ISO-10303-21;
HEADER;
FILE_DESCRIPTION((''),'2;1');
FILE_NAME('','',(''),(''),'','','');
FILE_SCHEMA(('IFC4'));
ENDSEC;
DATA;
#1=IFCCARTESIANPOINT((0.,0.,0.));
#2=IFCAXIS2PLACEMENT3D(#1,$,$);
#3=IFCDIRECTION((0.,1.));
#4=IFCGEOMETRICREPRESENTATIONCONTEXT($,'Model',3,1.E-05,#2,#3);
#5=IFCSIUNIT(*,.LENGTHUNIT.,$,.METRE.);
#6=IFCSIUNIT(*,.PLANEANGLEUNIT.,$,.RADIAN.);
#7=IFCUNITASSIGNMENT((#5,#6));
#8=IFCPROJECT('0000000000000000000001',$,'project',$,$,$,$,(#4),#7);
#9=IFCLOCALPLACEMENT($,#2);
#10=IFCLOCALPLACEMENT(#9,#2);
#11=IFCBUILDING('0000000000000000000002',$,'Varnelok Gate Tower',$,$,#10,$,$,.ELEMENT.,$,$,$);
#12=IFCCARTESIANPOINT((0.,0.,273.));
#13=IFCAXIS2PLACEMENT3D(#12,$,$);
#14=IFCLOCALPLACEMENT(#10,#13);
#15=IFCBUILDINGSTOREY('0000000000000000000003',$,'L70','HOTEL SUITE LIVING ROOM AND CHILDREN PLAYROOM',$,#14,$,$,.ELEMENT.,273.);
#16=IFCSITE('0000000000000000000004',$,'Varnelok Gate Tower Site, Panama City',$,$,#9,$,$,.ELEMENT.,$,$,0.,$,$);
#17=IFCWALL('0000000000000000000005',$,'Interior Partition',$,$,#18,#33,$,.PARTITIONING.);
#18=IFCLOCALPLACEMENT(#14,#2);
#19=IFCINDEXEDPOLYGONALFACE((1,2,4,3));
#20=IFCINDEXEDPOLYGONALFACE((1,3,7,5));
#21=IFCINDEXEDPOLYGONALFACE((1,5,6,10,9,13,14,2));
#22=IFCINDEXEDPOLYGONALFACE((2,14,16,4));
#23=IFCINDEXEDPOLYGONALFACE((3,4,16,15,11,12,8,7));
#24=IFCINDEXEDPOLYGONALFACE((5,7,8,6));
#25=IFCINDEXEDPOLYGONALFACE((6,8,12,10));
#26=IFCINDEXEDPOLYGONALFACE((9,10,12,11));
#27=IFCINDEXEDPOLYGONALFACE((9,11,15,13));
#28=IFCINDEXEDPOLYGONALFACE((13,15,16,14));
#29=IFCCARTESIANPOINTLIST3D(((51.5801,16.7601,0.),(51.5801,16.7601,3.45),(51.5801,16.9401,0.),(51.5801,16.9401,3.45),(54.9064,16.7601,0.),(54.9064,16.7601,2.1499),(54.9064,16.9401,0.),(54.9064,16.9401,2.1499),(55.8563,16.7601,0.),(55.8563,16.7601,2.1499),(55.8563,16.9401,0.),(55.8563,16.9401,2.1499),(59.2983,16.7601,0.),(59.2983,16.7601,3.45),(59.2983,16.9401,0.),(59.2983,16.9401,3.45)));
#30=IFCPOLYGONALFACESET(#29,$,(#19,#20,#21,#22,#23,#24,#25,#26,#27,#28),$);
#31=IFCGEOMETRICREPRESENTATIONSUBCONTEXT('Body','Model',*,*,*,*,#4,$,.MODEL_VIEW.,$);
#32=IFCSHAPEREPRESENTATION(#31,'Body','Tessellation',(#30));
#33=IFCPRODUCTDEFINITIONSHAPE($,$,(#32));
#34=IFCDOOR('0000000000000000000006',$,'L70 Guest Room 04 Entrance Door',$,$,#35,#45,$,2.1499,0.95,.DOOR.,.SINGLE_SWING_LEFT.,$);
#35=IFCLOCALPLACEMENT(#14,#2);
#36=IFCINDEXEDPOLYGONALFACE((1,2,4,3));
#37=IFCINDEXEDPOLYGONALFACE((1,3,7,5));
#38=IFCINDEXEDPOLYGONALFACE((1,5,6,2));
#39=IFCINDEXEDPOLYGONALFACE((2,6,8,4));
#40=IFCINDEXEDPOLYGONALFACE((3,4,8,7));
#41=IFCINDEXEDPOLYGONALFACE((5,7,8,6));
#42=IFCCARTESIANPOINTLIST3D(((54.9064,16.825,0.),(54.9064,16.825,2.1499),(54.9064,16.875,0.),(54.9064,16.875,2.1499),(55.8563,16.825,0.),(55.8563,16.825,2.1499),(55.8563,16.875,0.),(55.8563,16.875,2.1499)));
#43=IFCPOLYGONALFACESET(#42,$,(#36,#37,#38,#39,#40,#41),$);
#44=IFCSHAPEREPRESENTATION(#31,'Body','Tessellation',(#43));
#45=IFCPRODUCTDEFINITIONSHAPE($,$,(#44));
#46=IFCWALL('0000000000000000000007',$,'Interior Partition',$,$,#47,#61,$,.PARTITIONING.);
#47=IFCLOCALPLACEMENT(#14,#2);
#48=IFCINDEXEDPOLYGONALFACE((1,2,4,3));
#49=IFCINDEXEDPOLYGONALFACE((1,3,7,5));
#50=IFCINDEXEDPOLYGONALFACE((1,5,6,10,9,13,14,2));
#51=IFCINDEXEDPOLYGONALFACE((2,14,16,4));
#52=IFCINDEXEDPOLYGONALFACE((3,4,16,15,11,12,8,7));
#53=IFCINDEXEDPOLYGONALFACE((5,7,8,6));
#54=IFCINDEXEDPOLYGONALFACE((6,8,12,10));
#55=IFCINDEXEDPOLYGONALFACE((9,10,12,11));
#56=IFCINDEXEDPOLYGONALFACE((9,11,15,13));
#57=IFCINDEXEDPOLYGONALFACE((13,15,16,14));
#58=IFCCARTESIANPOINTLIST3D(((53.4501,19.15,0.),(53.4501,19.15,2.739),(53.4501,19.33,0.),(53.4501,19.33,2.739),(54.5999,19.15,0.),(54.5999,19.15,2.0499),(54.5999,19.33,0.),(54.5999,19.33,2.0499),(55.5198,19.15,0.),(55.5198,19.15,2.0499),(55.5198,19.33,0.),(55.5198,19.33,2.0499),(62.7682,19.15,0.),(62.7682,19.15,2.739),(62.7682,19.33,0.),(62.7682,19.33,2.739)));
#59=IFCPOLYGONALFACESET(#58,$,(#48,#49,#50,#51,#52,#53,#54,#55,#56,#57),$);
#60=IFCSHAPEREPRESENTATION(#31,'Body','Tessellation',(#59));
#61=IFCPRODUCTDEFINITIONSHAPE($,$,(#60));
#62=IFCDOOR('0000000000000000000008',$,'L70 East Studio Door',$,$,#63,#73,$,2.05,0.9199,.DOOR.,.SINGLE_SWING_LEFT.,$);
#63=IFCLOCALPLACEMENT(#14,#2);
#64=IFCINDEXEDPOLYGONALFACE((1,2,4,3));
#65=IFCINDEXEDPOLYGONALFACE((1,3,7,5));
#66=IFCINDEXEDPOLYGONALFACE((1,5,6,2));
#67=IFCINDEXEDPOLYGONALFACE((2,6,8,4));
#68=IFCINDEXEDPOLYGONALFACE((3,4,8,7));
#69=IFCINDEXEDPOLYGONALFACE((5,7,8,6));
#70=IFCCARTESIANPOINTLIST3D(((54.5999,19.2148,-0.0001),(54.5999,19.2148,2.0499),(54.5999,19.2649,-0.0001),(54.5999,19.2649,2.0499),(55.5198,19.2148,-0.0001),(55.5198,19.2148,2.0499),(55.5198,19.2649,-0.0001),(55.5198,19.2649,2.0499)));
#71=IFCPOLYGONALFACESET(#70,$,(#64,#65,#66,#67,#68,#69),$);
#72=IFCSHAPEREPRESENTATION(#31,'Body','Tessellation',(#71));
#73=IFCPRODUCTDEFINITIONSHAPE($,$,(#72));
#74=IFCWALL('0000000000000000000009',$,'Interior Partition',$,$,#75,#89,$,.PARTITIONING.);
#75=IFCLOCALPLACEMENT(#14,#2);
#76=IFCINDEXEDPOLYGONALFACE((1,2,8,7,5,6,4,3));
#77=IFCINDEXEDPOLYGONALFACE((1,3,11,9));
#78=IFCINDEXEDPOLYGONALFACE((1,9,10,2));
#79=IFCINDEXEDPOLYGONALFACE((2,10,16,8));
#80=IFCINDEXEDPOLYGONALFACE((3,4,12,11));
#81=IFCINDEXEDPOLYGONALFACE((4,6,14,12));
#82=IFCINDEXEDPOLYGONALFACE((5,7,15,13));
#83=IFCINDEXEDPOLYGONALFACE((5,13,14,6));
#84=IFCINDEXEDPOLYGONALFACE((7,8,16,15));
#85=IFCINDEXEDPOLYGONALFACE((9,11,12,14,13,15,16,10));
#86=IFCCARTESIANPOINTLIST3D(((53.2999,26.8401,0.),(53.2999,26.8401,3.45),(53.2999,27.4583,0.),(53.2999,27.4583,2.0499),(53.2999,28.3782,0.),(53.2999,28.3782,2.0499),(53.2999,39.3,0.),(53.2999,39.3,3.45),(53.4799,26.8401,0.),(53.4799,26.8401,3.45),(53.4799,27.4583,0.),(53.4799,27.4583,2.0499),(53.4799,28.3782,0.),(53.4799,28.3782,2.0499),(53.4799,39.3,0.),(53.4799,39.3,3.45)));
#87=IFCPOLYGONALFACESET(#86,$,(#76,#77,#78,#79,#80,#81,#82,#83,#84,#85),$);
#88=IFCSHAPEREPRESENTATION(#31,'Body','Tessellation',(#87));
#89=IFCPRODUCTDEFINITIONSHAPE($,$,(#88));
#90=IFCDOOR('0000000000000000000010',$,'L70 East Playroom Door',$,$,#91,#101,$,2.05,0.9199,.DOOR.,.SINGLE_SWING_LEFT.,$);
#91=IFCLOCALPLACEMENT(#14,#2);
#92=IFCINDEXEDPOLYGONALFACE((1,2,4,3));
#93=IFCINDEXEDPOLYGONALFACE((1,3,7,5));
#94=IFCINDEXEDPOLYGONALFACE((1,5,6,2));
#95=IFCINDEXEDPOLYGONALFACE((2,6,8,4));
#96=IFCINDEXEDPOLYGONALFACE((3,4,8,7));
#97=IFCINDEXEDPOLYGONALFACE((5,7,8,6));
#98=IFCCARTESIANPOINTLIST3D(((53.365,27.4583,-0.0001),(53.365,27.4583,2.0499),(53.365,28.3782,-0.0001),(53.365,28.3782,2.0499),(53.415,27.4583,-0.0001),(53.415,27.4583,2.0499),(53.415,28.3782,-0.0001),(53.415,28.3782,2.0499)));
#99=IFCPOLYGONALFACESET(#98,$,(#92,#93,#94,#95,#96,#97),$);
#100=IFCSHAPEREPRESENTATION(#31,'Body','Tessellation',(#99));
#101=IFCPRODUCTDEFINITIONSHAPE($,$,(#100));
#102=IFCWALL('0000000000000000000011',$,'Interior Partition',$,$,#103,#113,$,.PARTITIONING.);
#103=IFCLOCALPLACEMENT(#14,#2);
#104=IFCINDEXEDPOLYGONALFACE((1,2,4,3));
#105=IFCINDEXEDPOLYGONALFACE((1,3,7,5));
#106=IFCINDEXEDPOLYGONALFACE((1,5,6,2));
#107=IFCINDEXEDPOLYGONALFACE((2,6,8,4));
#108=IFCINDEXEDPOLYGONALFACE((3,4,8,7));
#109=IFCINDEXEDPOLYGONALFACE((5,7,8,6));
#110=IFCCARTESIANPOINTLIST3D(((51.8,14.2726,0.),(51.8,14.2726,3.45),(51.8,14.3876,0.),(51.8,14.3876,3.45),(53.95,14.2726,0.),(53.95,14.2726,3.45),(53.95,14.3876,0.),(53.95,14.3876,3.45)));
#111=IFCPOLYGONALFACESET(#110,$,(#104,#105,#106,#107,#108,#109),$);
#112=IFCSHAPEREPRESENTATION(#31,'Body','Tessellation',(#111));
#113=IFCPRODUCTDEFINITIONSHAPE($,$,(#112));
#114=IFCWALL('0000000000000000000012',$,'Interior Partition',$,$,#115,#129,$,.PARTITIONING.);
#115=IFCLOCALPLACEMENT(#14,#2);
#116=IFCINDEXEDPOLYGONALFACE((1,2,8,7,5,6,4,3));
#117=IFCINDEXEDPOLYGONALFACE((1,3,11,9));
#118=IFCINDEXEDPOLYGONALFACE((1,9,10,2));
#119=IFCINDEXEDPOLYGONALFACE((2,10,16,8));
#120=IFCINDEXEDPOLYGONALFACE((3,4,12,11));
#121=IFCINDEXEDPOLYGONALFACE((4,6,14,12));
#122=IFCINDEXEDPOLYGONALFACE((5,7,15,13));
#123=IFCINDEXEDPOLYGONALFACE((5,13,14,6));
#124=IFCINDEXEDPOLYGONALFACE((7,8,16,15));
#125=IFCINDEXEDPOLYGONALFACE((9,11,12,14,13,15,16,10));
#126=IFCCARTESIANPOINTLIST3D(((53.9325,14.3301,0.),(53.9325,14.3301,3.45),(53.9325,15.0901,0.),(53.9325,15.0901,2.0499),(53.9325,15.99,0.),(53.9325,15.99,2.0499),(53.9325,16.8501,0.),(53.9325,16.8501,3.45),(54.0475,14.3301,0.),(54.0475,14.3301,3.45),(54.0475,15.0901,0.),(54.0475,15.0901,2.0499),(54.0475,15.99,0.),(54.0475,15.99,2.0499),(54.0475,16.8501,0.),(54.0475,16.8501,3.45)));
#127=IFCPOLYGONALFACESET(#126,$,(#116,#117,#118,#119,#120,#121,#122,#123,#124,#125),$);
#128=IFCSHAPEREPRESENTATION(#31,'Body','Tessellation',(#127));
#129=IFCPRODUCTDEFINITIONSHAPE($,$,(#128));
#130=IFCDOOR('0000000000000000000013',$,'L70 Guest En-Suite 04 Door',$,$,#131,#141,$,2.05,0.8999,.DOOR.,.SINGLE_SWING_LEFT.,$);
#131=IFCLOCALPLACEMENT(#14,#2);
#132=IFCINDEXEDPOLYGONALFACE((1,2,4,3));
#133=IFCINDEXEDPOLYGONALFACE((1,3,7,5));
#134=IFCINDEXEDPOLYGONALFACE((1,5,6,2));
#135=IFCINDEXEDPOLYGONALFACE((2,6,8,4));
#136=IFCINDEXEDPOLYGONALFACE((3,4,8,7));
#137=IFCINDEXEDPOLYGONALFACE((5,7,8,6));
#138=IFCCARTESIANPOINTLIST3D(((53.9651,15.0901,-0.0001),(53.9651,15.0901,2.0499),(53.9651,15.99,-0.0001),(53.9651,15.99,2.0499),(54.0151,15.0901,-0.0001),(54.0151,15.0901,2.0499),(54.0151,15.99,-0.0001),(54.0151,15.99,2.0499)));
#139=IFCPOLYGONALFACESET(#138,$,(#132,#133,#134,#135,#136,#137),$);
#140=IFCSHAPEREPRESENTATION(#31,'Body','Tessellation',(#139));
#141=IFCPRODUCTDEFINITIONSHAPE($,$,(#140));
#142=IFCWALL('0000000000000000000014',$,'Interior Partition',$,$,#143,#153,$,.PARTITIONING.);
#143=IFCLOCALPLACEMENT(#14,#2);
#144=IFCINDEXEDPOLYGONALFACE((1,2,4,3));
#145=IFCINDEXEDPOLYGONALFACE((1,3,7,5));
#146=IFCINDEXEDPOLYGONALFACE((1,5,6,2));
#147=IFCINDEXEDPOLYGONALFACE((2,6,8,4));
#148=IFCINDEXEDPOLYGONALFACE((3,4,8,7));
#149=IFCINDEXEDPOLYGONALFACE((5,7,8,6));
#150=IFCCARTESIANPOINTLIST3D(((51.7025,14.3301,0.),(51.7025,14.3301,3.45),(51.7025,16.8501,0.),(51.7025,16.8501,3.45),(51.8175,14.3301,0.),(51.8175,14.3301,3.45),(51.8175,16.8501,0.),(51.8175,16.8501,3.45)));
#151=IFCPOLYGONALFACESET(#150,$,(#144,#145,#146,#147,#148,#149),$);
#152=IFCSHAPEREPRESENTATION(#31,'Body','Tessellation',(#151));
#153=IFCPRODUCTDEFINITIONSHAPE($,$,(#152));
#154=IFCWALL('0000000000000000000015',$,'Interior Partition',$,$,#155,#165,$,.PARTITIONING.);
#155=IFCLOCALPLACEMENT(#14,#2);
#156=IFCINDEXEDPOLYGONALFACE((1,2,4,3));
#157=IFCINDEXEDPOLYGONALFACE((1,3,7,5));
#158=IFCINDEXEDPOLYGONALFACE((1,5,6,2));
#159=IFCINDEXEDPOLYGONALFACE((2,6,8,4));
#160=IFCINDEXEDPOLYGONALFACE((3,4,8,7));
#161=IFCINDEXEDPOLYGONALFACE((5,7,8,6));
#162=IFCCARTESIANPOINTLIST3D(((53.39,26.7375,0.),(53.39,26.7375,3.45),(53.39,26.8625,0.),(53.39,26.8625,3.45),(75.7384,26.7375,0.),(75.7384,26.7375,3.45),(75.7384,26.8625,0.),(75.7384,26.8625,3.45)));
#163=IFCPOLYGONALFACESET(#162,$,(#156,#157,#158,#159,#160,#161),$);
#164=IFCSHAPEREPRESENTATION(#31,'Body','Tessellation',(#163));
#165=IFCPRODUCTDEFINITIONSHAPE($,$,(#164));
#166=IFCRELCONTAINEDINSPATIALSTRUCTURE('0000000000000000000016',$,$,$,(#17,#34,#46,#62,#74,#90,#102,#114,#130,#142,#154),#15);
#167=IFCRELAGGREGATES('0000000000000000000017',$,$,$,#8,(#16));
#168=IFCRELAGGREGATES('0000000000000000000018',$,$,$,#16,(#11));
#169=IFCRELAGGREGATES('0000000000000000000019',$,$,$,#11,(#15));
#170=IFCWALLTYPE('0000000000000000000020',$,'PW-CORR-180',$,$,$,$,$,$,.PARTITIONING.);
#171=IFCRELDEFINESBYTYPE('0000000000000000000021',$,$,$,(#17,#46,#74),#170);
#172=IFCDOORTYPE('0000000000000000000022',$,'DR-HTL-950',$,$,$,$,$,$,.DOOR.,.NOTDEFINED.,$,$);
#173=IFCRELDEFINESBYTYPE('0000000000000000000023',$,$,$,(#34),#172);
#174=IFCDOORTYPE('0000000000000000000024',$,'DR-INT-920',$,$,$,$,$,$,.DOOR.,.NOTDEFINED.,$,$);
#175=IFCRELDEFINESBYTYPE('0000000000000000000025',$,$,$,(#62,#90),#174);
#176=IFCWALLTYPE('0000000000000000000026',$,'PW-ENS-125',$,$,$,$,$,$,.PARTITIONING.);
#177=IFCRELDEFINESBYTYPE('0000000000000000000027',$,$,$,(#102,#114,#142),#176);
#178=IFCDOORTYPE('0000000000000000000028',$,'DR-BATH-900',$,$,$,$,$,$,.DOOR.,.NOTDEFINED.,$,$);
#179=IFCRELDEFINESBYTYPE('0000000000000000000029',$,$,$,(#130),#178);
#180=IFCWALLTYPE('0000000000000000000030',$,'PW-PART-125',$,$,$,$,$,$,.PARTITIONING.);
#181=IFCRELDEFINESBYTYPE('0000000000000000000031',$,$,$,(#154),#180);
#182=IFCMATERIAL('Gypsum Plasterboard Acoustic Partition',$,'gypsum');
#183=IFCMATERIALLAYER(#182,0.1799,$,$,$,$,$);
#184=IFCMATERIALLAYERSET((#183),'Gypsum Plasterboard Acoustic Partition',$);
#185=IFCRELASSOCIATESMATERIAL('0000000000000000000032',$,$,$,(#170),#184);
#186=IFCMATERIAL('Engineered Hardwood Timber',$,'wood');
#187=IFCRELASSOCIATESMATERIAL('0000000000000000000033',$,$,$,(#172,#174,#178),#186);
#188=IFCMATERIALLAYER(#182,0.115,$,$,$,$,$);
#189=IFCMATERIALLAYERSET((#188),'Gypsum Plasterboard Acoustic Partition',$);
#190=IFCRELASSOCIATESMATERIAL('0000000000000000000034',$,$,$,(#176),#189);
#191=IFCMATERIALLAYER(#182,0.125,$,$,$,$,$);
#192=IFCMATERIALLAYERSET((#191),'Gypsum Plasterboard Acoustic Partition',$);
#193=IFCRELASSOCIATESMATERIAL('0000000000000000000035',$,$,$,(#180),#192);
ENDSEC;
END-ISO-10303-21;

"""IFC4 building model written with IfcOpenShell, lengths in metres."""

from ifc_helpers import new_model, si_unit, direction, frame, frame_2d, origin, place, context, subcontext, project, spatial, rectangle, extrude, material, layer, layer_set, type_object, element, fill, save


model = new_model("IFC4")

# Units and contexts
model_context = context("Model", 3, precision=1e-05, world=origin(), true_north=direction((0.0, 1.0)))
body_context = subcontext(model_context, "Body", "Model", "MODEL_VIEW")
ifc_project = project(units=[si_unit("LENGTHUNIT", "METRE"), si_unit("PLANEANGLEUNIT", "RADIAN")], contexts=[model_context])

# Site, building, storey
site_placement = place(None, origin())
site = spatial("IfcSite", under=ifc_project, at=site_placement, Name="Varnelok Gate Tower Site, Panama City", CompositionType="ELEMENT", RefElevation=0.0)
building_placement = place(site_placement, origin())
building = spatial("IfcBuilding", under=site, at=building_placement, Name="Varnelok Gate Tower", CompositionType="ELEMENT")
storey_placement = place(building_placement, frame((0.0, 0.0, 273.0)))
storey = spatial("IfcBuildingStorey", under=building, at=storey_placement, Name="L70", Description="HOTEL SUITE LIVING ROOM AND CHILDREN PLAYROOM", CompositionType="ELEMENT", Elevation=273.0)

# Walls, openings, doors
ifc_material_1 = material(Name="Gypsum Plasterboard Acoustic Partition", Category="gypsum")
ifc_layer_1 = layer(ifc_material_1, 0.1799)
ifc_layer_set_1 = layer_set([ifc_layer_1], Name="Gypsum Plasterboard Acoustic Partition")
wall_type_1 = type_object("IfcWallType", Name="PW-CORR-180", PredefinedType="PARTITIONING", material=ifc_layer_set_1)
wall_1_placement = place(storey_placement, frame((51.5801, 16.8501, 0.0), z_axis=(0.0, 0.0, 1.0), x_axis=(1.0, 0.0, 0.0)))
wall_1 = element("IfcWall", 1, at=wall_1_placement, inside=storey, type_object=wall_type_1, Name="Interior Partition", PredefinedType="PARTITIONING", context=body_context, shape_type="SweptSolid", body=[
    extrude(rectangle(XDim=7.7183, YDim=0.1799, at=frame_2d((3.8591, 0.0))), origin(), (0.0, 0.0, 1.0), 3.45),
])
opening_1_placement = place(wall_1_placement, frame((3.3262, 0.0, 0.0)))
opening_1 = element("IfcOpeningElement", 2, at=opening_1_placement, cuts=wall_1, PredefinedType="OPENING", context=body_context, shape_type="SweptSolid", body=[
    extrude(rectangle(XDim=0.95, YDim=2.1499, at=frame_2d((0.4751, 1.075))), frame((0.0, 0.0999, 0.0), z_axis=(0.0, -1.0, 0.0), x_axis=(1.0, 0.0, 0.0)), (0.0, 0.0, 1.0), 0.2),
])
ifc_material_2 = material(Name="Engineered Hardwood Timber", Category="wood")
door_type_1 = type_object("IfcDoorType", Name="DR-HTL-950", OperationType="NOTDEFINED", PredefinedType="DOOR", material=ifc_material_2)
door_1_placement = place(opening_1_placement, origin())
door_1 = element("IfcDoor", 3, at=door_1_placement, inside=storey, type_object=door_type_1, Name="L70 Guest Room 04 Entrance Door", OperationType="SINGLE_SWING_LEFT", OverallHeight=2.1499, OverallWidth=0.95, PredefinedType="DOOR", context=body_context, shape_type="SweptSolid", body=[
    extrude(rectangle(XDim=0.95, YDim=2.1499, at=frame_2d((0.4751, 1.075))), frame((0.0, 0.0249, 0.0), z_axis=(0.0, -1.0, 0.0), x_axis=(1.0, 0.0, 0.0)), (0.0, 0.0, 1.0), 0.05),
])
fill(opening_1, door_1)
wall_2_placement = place(storey_placement, frame((53.45, 19.24, 0.0), z_axis=(0.0, 0.0, 1.0), x_axis=(1.0, 0.0, 0.0)))
wall_2 = element("IfcWall", 4, at=wall_2_placement, inside=storey, type_object=wall_type_1, Name="Interior Partition", PredefinedType="PARTITIONING", context=body_context, shape_type="SweptSolid", body=[
    extrude(rectangle(XDim=9.3181, YDim=0.1799, at=frame_2d((4.6592, 0.0))), origin(), (0.0, 0.0, 1.0), 2.739),
])
opening_2_placement = place(wall_2_placement, frame((1.1499, 0.0, 0.0)))
opening_2 = element("IfcOpeningElement", 5, at=opening_2_placement, cuts=wall_2, PredefinedType="OPENING", context=body_context, shape_type="SweptSolid", body=[
    extrude(rectangle(XDim=0.9199, YDim=2.05, at=frame_2d((0.46, 1.0249))), frame((0.0, 0.0999, 0.0), z_axis=(0.0, -1.0, 0.0), x_axis=(1.0, 0.0, 0.0)), (0.0, 0.0, 1.0), 0.2),
])
door_type_2 = type_object("IfcDoorType", Name="DR-INT-920", OperationType="NOTDEFINED", PredefinedType="DOOR", material=ifc_material_2)
door_2_placement = place(opening_2_placement, origin())
door_2 = element("IfcDoor", 6, at=door_2_placement, inside=storey, type_object=door_type_2, Name="L70 East Studio Door", OperationType="SINGLE_SWING_LEFT", OverallHeight=2.05, OverallWidth=0.9199, PredefinedType="DOOR", context=body_context, shape_type="SweptSolid", body=[
    extrude(rectangle(XDim=0.9199, YDim=2.05, at=frame_2d((0.46, 1.0249))), frame((0.0, 0.0249, 0.0), z_axis=(0.0, -1.0, 0.0), x_axis=(1.0, 0.0, 0.0)), (0.0, 0.0, 1.0), 0.05),
])
fill(opening_2, door_2)
wall_3_placement = place(storey_placement, frame((53.3899, 26.8401, 0.0), z_axis=(0.0, 0.0, 1.0), x_axis=(0.0, 1.0, 0.0)))
wall_3 = element("IfcWall", 7, at=wall_3_placement, inside=storey, type_object=wall_type_1, Name="Interior Partition", PredefinedType="PARTITIONING", context=body_context, shape_type="SweptSolid", body=[
    extrude(rectangle(XDim=12.46, YDim=0.1799, at=frame_2d((6.23, 0.0))), origin(), (0.0, 0.0, 1.0), 3.45),
])
opening_3_placement = place(wall_3_placement, frame((0.6182, 0.0, 0.0)))
opening_3 = element("IfcOpeningElement", 8, at=opening_3_placement, cuts=wall_3, PredefinedType="OPENING", context=body_context, shape_type="SweptSolid", body=[
    extrude(rectangle(XDim=0.9199, YDim=2.05, at=frame_2d((0.46, 1.0249))), frame((0.0, 0.0999, 0.0), z_axis=(0.0, -1.0, 0.0), x_axis=(1.0, 0.0, 0.0)), (0.0, 0.0, 1.0), 0.2),
])
door_3_placement = place(opening_3_placement, origin())
door_3 = element("IfcDoor", 9, at=door_3_placement, inside=storey, type_object=door_type_2, Name="L70 East Playroom Door", OperationType="SINGLE_SWING_LEFT", OverallHeight=2.05, OverallWidth=0.9199, PredefinedType="DOOR", context=body_context, shape_type="SweptSolid", body=[
    extrude(rectangle(XDim=0.9199, YDim=2.05, at=frame_2d((0.46, 1.0249))), frame((0.0, 0.0249, 0.0), z_axis=(0.0, -1.0, 0.0), x_axis=(1.0, 0.0, 0.0)), (0.0, 0.0, 1.0), 0.05),
])
fill(opening_3, door_3)

# Wall
ifc_layer_2 = layer(ifc_material_1, 0.115)
ifc_layer_set_2 = layer_set([ifc_layer_2], Name="Gypsum Plasterboard Acoustic Partition")
wall_type_2 = type_object("IfcWallType", Name="PW-ENS-125", PredefinedType="PARTITIONING", material=ifc_layer_set_2)
wall_4_placement = place(storey_placement, frame((51.8, 14.3301, 0.0), z_axis=(0.0, 0.0, 1.0), x_axis=(1.0, 0.0, 0.0)))
element("IfcWall", 10, at=wall_4_placement, inside=storey, type_object=wall_type_2, Name="Interior Partition", PredefinedType="PARTITIONING", context=body_context, shape_type="SweptSolid", body=[
    extrude(rectangle(XDim=2.1499, YDim=0.115, at=frame_2d((1.075, 0.0))), origin(), (0.0, 0.0, 1.0), 3.45),
])

# Wall, opening, door
wall_5_placement = place(storey_placement, frame((53.99, 14.3301, 0.0), z_axis=(0.0, 0.0, 1.0), x_axis=(0.0, 1.0, 0.0)))
wall_5 = element("IfcWall", 11, at=wall_5_placement, inside=storey, type_object=wall_type_2, Name="Interior Partition", PredefinedType="PARTITIONING", context=body_context, shape_type="SweptSolid", body=[
    extrude(rectangle(XDim=2.52, YDim=0.115, at=frame_2d((1.26, 0.0))), origin(), (0.0, 0.0, 1.0), 3.45),
])
opening_4_placement = place(wall_5_placement, frame((0.76, 0.0, 0.0)))
opening_4 = element("IfcOpeningElement", 12, at=opening_4_placement, cuts=wall_5, PredefinedType="OPENING", context=body_context, shape_type="SweptSolid", body=[
    extrude(rectangle(XDim=0.8999, YDim=2.05, at=frame_2d((0.45, 1.0249))), frame((0.0, 0.0674, 0.0), z_axis=(0.0, -1.0, 0.0), x_axis=(1.0, 0.0, 0.0)), (0.0, 0.0, 1.0), 0.135),
])
door_type_3 = type_object("IfcDoorType", Name="DR-BATH-900", OperationType="NOTDEFINED", PredefinedType="DOOR", material=ifc_material_2)
door_4_placement = place(opening_4_placement, origin())
door_4 = element("IfcDoor", 13, at=door_4_placement, inside=storey, type_object=door_type_3, Name="L70 Guest En-Suite 04 Door", OperationType="SINGLE_SWING_LEFT", OverallHeight=2.05, OverallWidth=0.8999, PredefinedType="DOOR", context=body_context, shape_type="SweptSolid", body=[
    extrude(rectangle(XDim=0.8999, YDim=2.05, at=frame_2d((0.45, 1.0249))), frame((0.0, 0.0249, 0.0), z_axis=(0.0, -1.0, 0.0), x_axis=(1.0, 0.0, 0.0)), (0.0, 0.0, 1.0), 0.05),
])
fill(opening_4, door_4)

# Walls
wall_6_placement = place(storey_placement, frame((51.76, 14.3301, 0.0), z_axis=(0.0, 0.0, 1.0), x_axis=(0.0, 1.0, 0.0)))
element("IfcWall", 14, at=wall_6_placement, inside=storey, type_object=wall_type_2, Name="Interior Partition", PredefinedType="PARTITIONING", context=body_context, shape_type="SweptSolid", body=[
    extrude(rectangle(XDim=2.52, YDim=0.115, at=frame_2d((1.26, 0.0))), origin(), (0.0, 0.0, 1.0), 3.45),
])
ifc_layer_3 = layer(ifc_material_1, 0.125)
ifc_layer_set_3 = layer_set([ifc_layer_3], Name="Gypsum Plasterboard Acoustic Partition")
wall_type_3 = type_object("IfcWallType", Name="PW-PART-125", PredefinedType="PARTITIONING", material=ifc_layer_set_3)
wall_7_placement = place(storey_placement, frame((53.3899, 26.8, 0.0), z_axis=(0.0, 0.0, 1.0), x_axis=(1.0, 0.0, 0.0)))
element("IfcWall", 15, at=wall_7_placement, inside=storey, type_object=wall_type_3, Name="Interior Partition", PredefinedType="PARTITIONING", context=body_context, shape_type="SweptSolid", body=[
    extrude(rectangle(XDim=22.3484, YDim=0.125, at=frame_2d((11.1743, 0.0))), origin(), (0.0, 0.0, 1.0), 3.45),
])

save(model, "model.ifc")
